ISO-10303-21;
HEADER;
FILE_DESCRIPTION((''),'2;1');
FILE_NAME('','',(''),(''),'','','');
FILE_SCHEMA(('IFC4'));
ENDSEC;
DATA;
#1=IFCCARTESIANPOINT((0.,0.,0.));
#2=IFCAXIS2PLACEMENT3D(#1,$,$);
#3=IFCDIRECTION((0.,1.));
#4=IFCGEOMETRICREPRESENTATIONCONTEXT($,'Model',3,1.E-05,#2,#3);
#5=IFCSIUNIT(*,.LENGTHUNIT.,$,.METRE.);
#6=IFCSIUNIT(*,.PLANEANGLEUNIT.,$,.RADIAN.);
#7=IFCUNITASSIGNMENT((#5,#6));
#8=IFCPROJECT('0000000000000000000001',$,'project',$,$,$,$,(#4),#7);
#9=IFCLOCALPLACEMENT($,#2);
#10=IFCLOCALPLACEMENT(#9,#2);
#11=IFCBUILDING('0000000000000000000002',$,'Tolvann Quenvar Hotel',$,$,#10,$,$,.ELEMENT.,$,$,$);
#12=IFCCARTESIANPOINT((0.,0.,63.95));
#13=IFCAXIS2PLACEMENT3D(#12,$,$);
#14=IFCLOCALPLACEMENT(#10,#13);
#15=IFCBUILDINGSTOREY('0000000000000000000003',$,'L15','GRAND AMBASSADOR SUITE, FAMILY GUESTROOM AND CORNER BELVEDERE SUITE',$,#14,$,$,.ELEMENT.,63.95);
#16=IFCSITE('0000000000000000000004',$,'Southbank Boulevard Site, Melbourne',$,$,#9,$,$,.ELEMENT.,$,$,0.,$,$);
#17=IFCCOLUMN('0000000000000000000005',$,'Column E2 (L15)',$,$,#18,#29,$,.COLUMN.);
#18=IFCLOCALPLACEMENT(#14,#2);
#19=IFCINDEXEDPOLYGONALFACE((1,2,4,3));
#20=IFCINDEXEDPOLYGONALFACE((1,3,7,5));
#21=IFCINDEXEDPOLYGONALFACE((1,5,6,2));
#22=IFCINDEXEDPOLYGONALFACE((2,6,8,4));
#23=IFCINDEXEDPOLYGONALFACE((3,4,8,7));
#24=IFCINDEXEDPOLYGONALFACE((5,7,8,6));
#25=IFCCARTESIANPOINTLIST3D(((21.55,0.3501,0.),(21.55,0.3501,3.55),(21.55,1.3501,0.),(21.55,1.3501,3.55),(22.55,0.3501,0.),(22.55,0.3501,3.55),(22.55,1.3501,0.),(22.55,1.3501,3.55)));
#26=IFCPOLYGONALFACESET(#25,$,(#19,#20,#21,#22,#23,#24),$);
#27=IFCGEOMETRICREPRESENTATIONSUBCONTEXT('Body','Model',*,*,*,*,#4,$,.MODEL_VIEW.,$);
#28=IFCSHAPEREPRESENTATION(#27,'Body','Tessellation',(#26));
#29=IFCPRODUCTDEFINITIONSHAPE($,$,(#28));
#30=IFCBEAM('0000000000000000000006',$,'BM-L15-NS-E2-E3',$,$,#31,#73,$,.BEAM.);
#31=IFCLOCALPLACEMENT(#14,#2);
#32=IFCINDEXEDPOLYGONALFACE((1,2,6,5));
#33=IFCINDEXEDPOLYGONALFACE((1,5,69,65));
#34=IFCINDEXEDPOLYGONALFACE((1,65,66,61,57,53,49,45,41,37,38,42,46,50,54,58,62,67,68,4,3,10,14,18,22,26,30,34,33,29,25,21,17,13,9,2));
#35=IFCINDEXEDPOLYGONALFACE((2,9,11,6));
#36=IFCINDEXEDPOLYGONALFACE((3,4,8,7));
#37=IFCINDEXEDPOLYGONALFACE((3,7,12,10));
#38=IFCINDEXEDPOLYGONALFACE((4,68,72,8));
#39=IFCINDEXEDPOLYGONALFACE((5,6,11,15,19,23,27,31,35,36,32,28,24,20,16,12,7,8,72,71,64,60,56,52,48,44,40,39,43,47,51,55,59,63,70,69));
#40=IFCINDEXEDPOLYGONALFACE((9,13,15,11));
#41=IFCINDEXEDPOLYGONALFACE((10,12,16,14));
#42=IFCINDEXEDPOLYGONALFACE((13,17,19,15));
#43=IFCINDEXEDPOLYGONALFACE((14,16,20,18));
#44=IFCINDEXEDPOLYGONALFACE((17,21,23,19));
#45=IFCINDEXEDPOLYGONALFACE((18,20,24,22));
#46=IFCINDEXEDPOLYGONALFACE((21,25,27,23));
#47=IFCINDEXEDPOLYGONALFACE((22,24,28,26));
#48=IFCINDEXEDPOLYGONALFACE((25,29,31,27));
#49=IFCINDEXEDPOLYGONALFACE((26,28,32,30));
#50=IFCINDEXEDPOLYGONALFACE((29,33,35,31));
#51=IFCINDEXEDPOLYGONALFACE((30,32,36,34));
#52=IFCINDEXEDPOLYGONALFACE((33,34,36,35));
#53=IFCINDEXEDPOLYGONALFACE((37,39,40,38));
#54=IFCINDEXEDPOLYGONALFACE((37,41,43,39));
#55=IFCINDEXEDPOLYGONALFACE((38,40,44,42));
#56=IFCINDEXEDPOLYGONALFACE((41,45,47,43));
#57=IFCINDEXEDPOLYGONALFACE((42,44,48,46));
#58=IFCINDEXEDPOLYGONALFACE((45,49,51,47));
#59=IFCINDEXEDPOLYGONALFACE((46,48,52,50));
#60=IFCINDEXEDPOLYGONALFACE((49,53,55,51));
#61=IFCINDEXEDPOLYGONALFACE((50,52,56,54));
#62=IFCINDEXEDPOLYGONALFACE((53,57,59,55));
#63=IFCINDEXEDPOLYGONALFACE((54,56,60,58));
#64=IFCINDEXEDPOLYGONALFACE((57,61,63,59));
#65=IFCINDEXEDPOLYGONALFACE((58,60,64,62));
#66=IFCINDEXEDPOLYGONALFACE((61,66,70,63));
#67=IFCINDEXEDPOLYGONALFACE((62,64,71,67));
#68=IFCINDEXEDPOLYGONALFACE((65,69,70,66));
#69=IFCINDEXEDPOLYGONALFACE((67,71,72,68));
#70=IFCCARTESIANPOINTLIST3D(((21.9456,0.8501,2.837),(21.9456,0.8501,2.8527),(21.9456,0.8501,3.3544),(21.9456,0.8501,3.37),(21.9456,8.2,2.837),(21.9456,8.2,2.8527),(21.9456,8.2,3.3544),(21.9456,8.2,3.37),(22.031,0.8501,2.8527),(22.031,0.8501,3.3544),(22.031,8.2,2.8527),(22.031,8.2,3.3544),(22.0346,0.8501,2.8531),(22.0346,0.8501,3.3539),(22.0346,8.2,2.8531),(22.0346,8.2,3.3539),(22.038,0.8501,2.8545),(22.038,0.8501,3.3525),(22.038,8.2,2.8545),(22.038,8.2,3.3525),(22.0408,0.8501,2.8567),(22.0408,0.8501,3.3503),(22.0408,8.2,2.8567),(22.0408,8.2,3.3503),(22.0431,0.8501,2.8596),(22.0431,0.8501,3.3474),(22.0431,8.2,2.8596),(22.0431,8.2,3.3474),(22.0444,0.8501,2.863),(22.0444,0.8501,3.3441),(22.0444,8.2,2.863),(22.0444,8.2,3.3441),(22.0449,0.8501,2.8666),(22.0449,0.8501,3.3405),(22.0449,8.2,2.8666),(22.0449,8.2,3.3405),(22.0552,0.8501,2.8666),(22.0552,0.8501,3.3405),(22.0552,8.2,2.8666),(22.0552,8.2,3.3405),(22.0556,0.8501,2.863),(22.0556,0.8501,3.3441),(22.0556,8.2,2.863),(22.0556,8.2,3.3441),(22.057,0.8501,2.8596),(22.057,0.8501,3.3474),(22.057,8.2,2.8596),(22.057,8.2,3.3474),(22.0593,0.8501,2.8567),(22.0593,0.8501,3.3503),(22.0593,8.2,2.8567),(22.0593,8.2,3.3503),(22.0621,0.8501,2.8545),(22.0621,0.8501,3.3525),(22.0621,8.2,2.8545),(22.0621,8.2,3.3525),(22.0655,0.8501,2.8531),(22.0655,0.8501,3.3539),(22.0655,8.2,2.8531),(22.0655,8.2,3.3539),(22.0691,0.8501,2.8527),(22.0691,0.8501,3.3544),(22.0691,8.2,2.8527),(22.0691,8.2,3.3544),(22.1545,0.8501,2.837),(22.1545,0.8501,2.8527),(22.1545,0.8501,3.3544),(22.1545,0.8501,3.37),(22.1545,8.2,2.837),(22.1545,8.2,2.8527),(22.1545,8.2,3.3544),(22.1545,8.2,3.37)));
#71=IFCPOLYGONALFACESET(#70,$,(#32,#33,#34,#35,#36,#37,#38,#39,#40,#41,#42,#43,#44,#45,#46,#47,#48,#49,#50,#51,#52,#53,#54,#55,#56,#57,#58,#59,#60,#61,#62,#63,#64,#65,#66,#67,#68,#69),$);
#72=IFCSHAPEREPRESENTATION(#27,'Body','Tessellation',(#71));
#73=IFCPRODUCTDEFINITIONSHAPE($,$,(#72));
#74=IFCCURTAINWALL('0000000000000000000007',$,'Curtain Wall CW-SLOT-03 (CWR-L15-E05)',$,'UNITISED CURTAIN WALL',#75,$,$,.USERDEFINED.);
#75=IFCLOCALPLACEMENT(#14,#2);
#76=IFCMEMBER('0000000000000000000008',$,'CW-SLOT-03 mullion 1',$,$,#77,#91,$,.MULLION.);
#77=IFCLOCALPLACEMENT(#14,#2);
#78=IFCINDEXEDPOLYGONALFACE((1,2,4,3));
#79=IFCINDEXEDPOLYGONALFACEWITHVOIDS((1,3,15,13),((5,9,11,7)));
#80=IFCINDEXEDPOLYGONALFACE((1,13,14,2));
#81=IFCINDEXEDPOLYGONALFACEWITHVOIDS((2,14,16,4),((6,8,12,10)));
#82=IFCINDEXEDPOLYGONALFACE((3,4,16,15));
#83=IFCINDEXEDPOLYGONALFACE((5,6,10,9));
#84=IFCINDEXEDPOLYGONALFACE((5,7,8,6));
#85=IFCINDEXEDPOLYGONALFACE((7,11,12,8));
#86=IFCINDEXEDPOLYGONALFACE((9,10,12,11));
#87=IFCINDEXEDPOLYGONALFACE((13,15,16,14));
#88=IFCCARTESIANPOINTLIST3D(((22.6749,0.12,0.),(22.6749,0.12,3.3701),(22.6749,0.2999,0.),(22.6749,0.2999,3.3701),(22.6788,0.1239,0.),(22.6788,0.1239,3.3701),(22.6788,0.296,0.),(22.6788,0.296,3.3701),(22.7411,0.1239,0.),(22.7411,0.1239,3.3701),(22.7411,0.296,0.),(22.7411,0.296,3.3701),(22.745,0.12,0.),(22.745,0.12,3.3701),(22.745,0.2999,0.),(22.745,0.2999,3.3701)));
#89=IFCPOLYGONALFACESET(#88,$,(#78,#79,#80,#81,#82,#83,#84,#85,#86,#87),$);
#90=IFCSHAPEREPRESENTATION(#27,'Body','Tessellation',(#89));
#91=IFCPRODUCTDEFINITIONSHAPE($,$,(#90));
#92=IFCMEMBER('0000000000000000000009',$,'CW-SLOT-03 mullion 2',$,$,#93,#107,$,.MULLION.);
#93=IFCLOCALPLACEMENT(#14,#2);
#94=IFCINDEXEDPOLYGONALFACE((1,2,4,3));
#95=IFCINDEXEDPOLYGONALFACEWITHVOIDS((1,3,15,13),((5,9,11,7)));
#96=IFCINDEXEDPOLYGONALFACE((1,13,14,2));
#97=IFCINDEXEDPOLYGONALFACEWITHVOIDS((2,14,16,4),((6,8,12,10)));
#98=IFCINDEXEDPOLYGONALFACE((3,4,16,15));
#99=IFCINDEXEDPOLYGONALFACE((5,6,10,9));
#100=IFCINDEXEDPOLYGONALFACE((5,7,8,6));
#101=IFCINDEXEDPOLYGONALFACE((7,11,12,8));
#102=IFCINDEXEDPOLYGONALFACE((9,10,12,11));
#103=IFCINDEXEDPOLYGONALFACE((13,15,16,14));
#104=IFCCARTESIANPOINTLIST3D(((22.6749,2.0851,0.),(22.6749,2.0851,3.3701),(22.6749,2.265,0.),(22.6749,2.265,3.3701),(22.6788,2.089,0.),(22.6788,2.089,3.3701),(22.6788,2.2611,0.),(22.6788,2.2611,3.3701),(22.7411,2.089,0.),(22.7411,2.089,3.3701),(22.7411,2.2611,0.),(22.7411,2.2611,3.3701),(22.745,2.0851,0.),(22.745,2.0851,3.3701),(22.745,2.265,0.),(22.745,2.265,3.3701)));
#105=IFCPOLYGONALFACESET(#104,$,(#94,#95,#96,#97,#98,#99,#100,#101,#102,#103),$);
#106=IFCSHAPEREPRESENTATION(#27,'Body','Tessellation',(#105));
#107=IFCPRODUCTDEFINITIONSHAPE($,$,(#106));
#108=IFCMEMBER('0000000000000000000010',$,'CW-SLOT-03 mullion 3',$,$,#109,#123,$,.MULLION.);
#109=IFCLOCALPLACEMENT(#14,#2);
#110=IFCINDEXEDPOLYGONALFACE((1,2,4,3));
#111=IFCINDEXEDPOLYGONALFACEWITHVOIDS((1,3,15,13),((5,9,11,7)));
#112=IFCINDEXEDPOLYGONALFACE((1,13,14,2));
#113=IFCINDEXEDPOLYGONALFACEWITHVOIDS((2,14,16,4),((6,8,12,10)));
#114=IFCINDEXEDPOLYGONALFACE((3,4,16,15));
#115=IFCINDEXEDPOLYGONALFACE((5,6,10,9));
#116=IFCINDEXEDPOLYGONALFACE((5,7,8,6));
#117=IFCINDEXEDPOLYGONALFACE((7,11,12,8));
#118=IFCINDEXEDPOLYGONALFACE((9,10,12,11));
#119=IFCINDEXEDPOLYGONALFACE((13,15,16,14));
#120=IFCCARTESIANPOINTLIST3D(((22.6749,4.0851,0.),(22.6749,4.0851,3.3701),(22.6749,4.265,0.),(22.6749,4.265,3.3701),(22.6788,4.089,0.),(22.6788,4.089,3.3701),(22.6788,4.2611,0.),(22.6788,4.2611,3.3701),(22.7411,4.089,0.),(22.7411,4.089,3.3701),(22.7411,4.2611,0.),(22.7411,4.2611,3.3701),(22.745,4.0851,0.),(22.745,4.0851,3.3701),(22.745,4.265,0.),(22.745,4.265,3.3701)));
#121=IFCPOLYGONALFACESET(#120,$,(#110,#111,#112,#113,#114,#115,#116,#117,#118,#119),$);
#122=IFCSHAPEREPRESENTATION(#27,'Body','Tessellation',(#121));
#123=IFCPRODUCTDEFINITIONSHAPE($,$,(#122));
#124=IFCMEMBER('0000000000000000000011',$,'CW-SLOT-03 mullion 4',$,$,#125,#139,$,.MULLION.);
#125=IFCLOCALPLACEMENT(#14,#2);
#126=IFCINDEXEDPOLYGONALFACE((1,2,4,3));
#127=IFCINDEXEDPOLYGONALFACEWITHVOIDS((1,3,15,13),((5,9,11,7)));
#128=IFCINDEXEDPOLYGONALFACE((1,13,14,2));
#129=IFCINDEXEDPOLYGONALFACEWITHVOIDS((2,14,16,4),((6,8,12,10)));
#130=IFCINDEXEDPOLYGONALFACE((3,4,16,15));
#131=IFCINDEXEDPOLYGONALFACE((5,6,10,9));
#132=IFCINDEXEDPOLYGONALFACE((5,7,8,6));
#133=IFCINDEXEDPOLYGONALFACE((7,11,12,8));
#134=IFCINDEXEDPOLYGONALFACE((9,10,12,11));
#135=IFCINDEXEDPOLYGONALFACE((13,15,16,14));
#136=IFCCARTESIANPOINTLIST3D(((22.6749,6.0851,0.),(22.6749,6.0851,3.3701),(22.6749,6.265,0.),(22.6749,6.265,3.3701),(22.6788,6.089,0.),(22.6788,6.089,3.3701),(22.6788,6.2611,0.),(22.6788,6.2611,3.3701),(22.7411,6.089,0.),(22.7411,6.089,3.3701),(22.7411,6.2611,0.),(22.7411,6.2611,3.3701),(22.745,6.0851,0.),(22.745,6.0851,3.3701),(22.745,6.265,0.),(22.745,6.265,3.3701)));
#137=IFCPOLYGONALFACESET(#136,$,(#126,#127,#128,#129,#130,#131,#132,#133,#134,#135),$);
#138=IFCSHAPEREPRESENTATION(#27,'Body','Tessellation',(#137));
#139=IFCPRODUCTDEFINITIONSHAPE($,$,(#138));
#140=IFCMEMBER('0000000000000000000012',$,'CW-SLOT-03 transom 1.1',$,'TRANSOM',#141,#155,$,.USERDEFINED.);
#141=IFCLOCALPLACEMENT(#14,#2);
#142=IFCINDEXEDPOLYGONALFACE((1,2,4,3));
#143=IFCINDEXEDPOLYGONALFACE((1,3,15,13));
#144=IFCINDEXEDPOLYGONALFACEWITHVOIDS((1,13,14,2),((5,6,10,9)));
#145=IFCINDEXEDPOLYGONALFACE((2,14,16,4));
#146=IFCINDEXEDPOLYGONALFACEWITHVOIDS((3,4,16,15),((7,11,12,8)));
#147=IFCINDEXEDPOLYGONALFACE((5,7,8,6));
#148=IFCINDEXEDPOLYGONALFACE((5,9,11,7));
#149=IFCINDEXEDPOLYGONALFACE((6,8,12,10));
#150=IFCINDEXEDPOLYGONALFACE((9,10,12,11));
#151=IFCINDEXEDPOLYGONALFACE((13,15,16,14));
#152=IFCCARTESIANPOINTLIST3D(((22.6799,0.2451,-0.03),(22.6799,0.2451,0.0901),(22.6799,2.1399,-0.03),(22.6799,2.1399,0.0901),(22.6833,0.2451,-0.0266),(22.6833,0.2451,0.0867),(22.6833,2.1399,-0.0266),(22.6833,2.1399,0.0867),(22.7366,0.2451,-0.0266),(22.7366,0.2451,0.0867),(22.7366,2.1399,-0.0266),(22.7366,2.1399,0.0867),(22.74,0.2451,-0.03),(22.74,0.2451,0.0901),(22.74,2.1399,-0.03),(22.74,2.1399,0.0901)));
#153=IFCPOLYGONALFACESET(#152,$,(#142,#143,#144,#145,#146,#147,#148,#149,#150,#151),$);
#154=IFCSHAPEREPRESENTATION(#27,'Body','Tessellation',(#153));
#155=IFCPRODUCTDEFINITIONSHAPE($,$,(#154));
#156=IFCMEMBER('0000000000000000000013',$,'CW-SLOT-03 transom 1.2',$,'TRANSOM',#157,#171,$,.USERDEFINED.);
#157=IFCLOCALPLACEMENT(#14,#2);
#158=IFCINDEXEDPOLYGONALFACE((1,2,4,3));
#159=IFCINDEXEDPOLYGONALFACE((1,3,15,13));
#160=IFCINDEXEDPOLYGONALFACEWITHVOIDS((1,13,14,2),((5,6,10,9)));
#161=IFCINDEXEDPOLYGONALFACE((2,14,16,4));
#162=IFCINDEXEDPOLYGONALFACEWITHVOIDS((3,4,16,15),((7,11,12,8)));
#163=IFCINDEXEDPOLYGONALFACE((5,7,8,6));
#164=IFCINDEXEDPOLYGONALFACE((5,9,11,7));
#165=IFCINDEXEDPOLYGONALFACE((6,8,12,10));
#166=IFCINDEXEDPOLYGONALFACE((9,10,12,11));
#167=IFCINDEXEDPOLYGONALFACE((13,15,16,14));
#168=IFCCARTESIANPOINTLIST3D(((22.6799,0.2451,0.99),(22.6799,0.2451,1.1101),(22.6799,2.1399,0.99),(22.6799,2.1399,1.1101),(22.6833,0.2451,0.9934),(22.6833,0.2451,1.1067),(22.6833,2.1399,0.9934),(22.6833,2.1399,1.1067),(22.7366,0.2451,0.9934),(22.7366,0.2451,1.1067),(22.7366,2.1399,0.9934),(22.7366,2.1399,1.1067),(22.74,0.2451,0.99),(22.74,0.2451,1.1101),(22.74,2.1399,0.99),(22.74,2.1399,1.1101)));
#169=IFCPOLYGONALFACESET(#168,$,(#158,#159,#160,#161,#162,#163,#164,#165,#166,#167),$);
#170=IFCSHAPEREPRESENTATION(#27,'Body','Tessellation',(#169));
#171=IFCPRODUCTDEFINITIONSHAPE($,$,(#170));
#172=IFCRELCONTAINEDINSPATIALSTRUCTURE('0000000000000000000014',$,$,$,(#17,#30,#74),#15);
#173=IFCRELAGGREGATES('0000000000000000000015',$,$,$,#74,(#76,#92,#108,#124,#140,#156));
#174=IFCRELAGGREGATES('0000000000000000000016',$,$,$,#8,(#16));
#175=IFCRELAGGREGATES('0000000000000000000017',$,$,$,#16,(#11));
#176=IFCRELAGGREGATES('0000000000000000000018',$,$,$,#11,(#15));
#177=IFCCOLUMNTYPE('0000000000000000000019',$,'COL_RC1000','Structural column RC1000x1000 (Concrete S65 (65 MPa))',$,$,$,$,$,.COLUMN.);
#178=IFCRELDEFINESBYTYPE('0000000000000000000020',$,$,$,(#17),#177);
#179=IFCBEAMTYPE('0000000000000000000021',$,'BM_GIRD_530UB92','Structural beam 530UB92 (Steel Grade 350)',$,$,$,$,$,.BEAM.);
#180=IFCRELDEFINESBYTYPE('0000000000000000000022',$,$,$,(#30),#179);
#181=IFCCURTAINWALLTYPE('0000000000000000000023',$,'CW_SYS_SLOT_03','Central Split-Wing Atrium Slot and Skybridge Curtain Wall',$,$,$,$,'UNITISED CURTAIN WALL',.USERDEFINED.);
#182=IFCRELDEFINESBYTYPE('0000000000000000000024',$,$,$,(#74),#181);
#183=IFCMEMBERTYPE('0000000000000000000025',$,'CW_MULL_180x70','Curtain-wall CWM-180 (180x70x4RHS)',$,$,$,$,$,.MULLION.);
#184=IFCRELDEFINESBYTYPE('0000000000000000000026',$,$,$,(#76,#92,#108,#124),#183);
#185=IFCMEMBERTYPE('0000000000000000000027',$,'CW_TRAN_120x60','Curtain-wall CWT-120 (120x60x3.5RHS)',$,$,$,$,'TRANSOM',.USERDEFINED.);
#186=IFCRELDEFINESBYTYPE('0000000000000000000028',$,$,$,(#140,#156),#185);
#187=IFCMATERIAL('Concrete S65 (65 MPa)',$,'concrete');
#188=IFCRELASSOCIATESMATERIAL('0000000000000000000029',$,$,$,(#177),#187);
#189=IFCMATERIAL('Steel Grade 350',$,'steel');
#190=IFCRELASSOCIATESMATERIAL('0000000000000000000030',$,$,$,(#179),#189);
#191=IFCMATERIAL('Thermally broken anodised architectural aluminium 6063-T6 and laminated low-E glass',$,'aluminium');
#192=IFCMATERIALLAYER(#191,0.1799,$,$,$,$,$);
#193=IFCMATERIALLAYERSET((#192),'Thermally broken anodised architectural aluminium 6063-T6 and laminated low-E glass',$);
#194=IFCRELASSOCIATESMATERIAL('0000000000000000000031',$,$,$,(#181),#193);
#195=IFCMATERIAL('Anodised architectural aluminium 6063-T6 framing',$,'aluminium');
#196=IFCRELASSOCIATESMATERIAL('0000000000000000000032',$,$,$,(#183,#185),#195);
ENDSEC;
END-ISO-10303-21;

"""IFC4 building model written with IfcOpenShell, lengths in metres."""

from ifc_helpers import new_model, si_unit, direction, frame, origin, origin_2d, place, context, subcontext, project, spatial, rectangle, hollow_rectangle, i_section, extrude, source, transform, mapped, material, layer, layer_set, material_profile, profile_set, type_object, type_shapes, element, aggregate, save


model = new_model("IFC4")

# Units and contexts
model_context = context("Model", 3, precision=1e-05, world=origin(), true_north=direction((0.0, 1.0)))
body_context = subcontext(model_context, "Body", "Model", "MODEL_VIEW")
ifc_project = project(units=[si_unit("LENGTHUNIT", "METRE"), si_unit("PLANEANGLEUNIT", "RADIAN")], contexts=[model_context])

# Site, building, storey
site_placement = place(None, origin())
site = spatial("IfcSite", under=ifc_project, at=site_placement, Name="Southbank Boulevard Site, Melbourne", CompositionType="ELEMENT", RefElevation=0.0)
building_placement = place(site_placement, origin())
building = spatial("IfcBuilding", under=site, at=building_placement, Name="Tolvann Quenvar Hotel", CompositionType="ELEMENT")
storey_placement = place(building_placement, frame((0.0, 0.0, 63.95)))
storey = spatial("IfcBuildingStorey", under=building, at=storey_placement, Name="L15", Description="GRAND AMBASSADOR SUITE, FAMILY GUESTROOM AND CORNER BELVEDERE SUITE", CompositionType="ELEMENT", Elevation=63.95)

# Column
ifc_material_1 = material(Name="Concrete S65 (65 MPa)", Category="concrete")
ifc_material_profile_1 = material_profile(ifc_material_1, rectangle(XDim=1.0, YDim=1.0, at=origin_2d()), Name="RC1000x1000")
ifc_profile_set_1 = profile_set([ifc_material_profile_1], Name="Concrete S65 (65 MPa)")
column_type = type_object("IfcColumnType", Name="COL_RC1000", Description="Structural column RC1000x1000 (Concrete S65 (65 MPa))", PredefinedType="COLUMN", material=ifc_profile_set_1)
shared_shape_1 = source(origin(), body_context, "Body", "SweptSolid", [
    extrude(rectangle(XDim=1.0, YDim=1.0, at=origin_2d()), origin(), (0.0, 0.0, 1.0), 3.55),
])
type_shapes(column_type, [shared_shape_1])
column_placement = place(storey_placement, frame((22.05, 0.8501, 0.0), z_axis=(0.0, 0.0, 1.0), x_axis=(1.0, 0.0, 0.0)))
element("IfcColumn", 1, at=column_placement, inside=storey, type_object=column_type, Name="Column E2 (L15)", PredefinedType="COLUMN", context=body_context, shape_type="MappedRepresentation", body=[
    mapped(shared_shape_1, transform((0.0, 0.0, 0.0), x_axis=(1.0, 0.0, 0.0), y_axis=(0.0, 1.0, 0.0), z_axis=(0.0, 0.0, 1.0), scale=1.0)),
])

# Beam
ifc_material_2 = material(Name="Steel Grade 350", Category="steel")
ifc_material_profile_2 = material_profile(ifc_material_2, i_section(OverallWidth=0.209, OverallDepth=0.533, WebThickness=0.0103, FlangeThickness=0.0156, FilletRadius=0.0139, at=origin_2d()), Name="530UB92")
ifc_profile_set_2 = profile_set([ifc_material_profile_2], Name="Steel Grade 350")
beam_type = type_object("IfcBeamType", Name="BM_GIRD_530UB92", Description="Structural beam 530UB92 (Steel Grade 350)", PredefinedType="BEAM", material=ifc_profile_set_2)
shared_shape_2 = source(origin(), body_context, "Body", "SweptSolid", [
    extrude(i_section(OverallWidth=0.209, OverallDepth=0.533, WebThickness=0.0103, FlangeThickness=0.0156, FilletRadius=0.0139, at=origin_2d()), origin(), (0.0, 0.0, 1.0), 7.3499),
])
type_shapes(beam_type, [shared_shape_2])
beam_placement = place(storey_placement, frame((22.05, 0.8501, 3.1035), z_axis=(0.0, 1.0, 0.0), x_axis=(-1.0, 0.0, 0.0)))
element("IfcBeam", 2, at=beam_placement, inside=storey, type_object=beam_type, Name="BM-L15-NS-E2-E3", PredefinedType="BEAM", context=body_context, shape_type="MappedRepresentation", body=[
    mapped(shared_shape_2, transform((0.0, 0.0, 0.0), x_axis=(1.0, 0.0, 0.0), y_axis=(0.0, 1.0, 0.0), z_axis=(0.0, 0.0, 1.0), scale=1.0)),
])

# Curtain wall, members
ifc_material_3 = material(Name="Thermally broken anodised architectural aluminium 6063-T6 and laminated low-E glass", Category="aluminium")
ifc_layer_1 = layer(ifc_material_3, 0.1799)
ifc_layer_set_1 = layer_set([ifc_layer_1], Name="Thermally broken anodised architectural aluminium 6063-T6 and laminated low-E glass")
curtain_wall_type = type_object("IfcCurtainWallType", Name="CW_SYS_SLOT_03", Description="Central Split-Wing Atrium Slot and Skybridge Curtain Wall", ElementType="UNITISED CURTAIN WALL", PredefinedType="USERDEFINED", material=ifc_layer_set_1)
curtain_wall_placement = place(storey_placement, origin())
curtain_wall = element("IfcCurtainWall", 3, at=curtain_wall_placement, inside=storey, type_object=curtain_wall_type, Name="Curtain Wall CW-SLOT-03 (CWR-L15-E05)", ObjectType="UNITISED CURTAIN WALL", PredefinedType="USERDEFINED")
ifc_material_4 = material(Name="Anodised architectural aluminium 6063-T6 framing", Category="aluminium")
ifc_material_profile_3 = material_profile(ifc_material_4, hollow_rectangle(XDim=0.0701, YDim=0.1799, WallThickness=0.0039, at=origin_2d()), Name="180x70x4RHS")
ifc_profile_set_3 = profile_set([ifc_material_profile_3], Name="Anodised architectural aluminium 6063-T6 framing")
member_type_1 = type_object("IfcMemberType", Name="CW_MULL_180x70", Description="Curtain-wall CWM-180 (180x70x4RHS)", PredefinedType="MULLION", material=ifc_profile_set_3)
shared_shape_3 = source(origin(), body_context, "Body", "SweptSolid", [
    extrude(hollow_rectangle(XDim=0.0701, YDim=0.1799, WallThickness=0.0039, at=origin_2d()), origin(), (0.0, 0.0, 1.0), 3.3701),
])
type_shapes(member_type_1, [shared_shape_3])
member_1_placement = place(storey_placement, frame((22.71, 0.21, 0.0), z_axis=(0.0, 0.0, 1.0), x_axis=(-1.0, 0.0, 0.0)))
member_1 = element("IfcMember", 4, at=member_1_placement, type_object=member_type_1, Name="CW-SLOT-03 mullion 1", PredefinedType="MULLION", context=body_context, shape_type="MappedRepresentation", body=[
    mapped(shared_shape_3, transform((0.0, 0.0, 0.0), x_axis=(1.0, 0.0, 0.0), y_axis=(0.0, 1.0, 0.0), z_axis=(0.0, 0.0, 1.0), scale=1.0)),
])
member_2_placement = place(storey_placement, frame((22.71, 2.175, 0.0), z_axis=(0.0, 0.0, 1.0), x_axis=(-1.0, 0.0, 0.0)))
member_2 = element("IfcMember", 5, at=member_2_placement, type_object=member_type_1, Name="CW-SLOT-03 mullion 2", PredefinedType="MULLION", context=body_context, shape_type="MappedRepresentation", body=[
    mapped(shared_shape_3, transform((0.0, 0.0, 0.0), x_axis=(1.0, 0.0, 0.0), y_axis=(0.0, 1.0, 0.0), z_axis=(0.0, 0.0, 1.0), scale=1.0)),
])
member_3_placement = place(storey_placement, frame((22.71, 4.175, 0.0), z_axis=(0.0, 0.0, 1.0), x_axis=(-1.0, 0.0, 0.0)))
member_3 = element("IfcMember", 6, at=member_3_placement, type_object=member_type_1, Name="CW-SLOT-03 mullion 3", PredefinedType="MULLION", context=body_context, shape_type="MappedRepresentation", body=[
    mapped(shared_shape_3, transform((0.0, 0.0, 0.0), x_axis=(1.0, 0.0, 0.0), y_axis=(0.0, 1.0, 0.0), z_axis=(0.0, 0.0, 1.0), scale=1.0)),
])
member_4_placement = place(storey_placement, frame((22.71, 6.175, 0.0), z_axis=(0.0, 0.0, 1.0), x_axis=(-1.0, 0.0, 0.0)))
member_4 = element("IfcMember", 7, at=member_4_placement, type_object=member_type_1, Name="CW-SLOT-03 mullion 4", PredefinedType="MULLION", context=body_context, shape_type="MappedRepresentation", body=[
    mapped(shared_shape_3, transform((0.0, 0.0, 0.0), x_axis=(1.0, 0.0, 0.0), y_axis=(0.0, 1.0, 0.0), z_axis=(0.0, 0.0, 1.0), scale=1.0)),
])
ifc_material_profile_4 = material_profile(ifc_material_4, hollow_rectangle(XDim=0.0601, YDim=0.1201, WallThickness=0.0034, at=origin_2d()), Name="120x60x3.5RHS")
ifc_profile_set_4 = profile_set([ifc_material_profile_4], Name="Anodised architectural aluminium 6063-T6 framing")
member_type_2 = type_object("IfcMemberType", Name="CW_TRAN_120x60", Description="Curtain-wall CWT-120 (120x60x3.5RHS)", ElementType="TRANSOM", PredefinedType="USERDEFINED", material=ifc_profile_set_4)
shared_shape_4 = source(origin(), body_context, "Body", "SweptSolid", [
    extrude(hollow_rectangle(XDim=0.0601, YDim=0.1201, WallThickness=0.0034, at=origin_2d()), origin(), (0.0, 0.0, 1.0), 1.8948),
])
member_5_placement = place(storey_placement, frame((22.71, 0.2451, 0.03), z_axis=(0.0, 1.0, 0.0), x_axis=(-1.0, 0.0, 0.0)))
member_5 = element("IfcMember", 8, at=member_5_placement, type_object=member_type_2, Name="CW-SLOT-03 transom 1.1", ObjectType="TRANSOM", PredefinedType="USERDEFINED", context=body_context, shape_type="MappedRepresentation", body=[
    mapped(shared_shape_4, transform((0.0, 0.0, 0.0), x_axis=(1.0, 0.0, 0.0), y_axis=(0.0, 1.0, 0.0), z_axis=(0.0, 0.0, 1.0), scale=1.0)),
])
member_6_placement = place(storey_placement, frame((22.71, 0.2451, 1.05), z_axis=(0.0, 1.0, 0.0), x_axis=(-1.0, 0.0, 0.0)))
member_6 = element("IfcMember", 9, at=member_6_placement, type_object=member_type_2, Name="CW-SLOT-03 transom 1.2", ObjectType="TRANSOM", PredefinedType="USERDEFINED", context=body_context, shape_type="MappedRepresentation", body=[
    mapped(shared_shape_4, transform((0.0, 0.0, 0.0), x_axis=(1.0, 0.0, 0.0), y_axis=(0.0, 1.0, 0.0), z_axis=(0.0, 0.0, 1.0), scale=1.0)),
])
aggregate(curtain_wall, [member_1, member_2, member_3, member_4, member_5, member_6])

save(model, "model.ifc")
